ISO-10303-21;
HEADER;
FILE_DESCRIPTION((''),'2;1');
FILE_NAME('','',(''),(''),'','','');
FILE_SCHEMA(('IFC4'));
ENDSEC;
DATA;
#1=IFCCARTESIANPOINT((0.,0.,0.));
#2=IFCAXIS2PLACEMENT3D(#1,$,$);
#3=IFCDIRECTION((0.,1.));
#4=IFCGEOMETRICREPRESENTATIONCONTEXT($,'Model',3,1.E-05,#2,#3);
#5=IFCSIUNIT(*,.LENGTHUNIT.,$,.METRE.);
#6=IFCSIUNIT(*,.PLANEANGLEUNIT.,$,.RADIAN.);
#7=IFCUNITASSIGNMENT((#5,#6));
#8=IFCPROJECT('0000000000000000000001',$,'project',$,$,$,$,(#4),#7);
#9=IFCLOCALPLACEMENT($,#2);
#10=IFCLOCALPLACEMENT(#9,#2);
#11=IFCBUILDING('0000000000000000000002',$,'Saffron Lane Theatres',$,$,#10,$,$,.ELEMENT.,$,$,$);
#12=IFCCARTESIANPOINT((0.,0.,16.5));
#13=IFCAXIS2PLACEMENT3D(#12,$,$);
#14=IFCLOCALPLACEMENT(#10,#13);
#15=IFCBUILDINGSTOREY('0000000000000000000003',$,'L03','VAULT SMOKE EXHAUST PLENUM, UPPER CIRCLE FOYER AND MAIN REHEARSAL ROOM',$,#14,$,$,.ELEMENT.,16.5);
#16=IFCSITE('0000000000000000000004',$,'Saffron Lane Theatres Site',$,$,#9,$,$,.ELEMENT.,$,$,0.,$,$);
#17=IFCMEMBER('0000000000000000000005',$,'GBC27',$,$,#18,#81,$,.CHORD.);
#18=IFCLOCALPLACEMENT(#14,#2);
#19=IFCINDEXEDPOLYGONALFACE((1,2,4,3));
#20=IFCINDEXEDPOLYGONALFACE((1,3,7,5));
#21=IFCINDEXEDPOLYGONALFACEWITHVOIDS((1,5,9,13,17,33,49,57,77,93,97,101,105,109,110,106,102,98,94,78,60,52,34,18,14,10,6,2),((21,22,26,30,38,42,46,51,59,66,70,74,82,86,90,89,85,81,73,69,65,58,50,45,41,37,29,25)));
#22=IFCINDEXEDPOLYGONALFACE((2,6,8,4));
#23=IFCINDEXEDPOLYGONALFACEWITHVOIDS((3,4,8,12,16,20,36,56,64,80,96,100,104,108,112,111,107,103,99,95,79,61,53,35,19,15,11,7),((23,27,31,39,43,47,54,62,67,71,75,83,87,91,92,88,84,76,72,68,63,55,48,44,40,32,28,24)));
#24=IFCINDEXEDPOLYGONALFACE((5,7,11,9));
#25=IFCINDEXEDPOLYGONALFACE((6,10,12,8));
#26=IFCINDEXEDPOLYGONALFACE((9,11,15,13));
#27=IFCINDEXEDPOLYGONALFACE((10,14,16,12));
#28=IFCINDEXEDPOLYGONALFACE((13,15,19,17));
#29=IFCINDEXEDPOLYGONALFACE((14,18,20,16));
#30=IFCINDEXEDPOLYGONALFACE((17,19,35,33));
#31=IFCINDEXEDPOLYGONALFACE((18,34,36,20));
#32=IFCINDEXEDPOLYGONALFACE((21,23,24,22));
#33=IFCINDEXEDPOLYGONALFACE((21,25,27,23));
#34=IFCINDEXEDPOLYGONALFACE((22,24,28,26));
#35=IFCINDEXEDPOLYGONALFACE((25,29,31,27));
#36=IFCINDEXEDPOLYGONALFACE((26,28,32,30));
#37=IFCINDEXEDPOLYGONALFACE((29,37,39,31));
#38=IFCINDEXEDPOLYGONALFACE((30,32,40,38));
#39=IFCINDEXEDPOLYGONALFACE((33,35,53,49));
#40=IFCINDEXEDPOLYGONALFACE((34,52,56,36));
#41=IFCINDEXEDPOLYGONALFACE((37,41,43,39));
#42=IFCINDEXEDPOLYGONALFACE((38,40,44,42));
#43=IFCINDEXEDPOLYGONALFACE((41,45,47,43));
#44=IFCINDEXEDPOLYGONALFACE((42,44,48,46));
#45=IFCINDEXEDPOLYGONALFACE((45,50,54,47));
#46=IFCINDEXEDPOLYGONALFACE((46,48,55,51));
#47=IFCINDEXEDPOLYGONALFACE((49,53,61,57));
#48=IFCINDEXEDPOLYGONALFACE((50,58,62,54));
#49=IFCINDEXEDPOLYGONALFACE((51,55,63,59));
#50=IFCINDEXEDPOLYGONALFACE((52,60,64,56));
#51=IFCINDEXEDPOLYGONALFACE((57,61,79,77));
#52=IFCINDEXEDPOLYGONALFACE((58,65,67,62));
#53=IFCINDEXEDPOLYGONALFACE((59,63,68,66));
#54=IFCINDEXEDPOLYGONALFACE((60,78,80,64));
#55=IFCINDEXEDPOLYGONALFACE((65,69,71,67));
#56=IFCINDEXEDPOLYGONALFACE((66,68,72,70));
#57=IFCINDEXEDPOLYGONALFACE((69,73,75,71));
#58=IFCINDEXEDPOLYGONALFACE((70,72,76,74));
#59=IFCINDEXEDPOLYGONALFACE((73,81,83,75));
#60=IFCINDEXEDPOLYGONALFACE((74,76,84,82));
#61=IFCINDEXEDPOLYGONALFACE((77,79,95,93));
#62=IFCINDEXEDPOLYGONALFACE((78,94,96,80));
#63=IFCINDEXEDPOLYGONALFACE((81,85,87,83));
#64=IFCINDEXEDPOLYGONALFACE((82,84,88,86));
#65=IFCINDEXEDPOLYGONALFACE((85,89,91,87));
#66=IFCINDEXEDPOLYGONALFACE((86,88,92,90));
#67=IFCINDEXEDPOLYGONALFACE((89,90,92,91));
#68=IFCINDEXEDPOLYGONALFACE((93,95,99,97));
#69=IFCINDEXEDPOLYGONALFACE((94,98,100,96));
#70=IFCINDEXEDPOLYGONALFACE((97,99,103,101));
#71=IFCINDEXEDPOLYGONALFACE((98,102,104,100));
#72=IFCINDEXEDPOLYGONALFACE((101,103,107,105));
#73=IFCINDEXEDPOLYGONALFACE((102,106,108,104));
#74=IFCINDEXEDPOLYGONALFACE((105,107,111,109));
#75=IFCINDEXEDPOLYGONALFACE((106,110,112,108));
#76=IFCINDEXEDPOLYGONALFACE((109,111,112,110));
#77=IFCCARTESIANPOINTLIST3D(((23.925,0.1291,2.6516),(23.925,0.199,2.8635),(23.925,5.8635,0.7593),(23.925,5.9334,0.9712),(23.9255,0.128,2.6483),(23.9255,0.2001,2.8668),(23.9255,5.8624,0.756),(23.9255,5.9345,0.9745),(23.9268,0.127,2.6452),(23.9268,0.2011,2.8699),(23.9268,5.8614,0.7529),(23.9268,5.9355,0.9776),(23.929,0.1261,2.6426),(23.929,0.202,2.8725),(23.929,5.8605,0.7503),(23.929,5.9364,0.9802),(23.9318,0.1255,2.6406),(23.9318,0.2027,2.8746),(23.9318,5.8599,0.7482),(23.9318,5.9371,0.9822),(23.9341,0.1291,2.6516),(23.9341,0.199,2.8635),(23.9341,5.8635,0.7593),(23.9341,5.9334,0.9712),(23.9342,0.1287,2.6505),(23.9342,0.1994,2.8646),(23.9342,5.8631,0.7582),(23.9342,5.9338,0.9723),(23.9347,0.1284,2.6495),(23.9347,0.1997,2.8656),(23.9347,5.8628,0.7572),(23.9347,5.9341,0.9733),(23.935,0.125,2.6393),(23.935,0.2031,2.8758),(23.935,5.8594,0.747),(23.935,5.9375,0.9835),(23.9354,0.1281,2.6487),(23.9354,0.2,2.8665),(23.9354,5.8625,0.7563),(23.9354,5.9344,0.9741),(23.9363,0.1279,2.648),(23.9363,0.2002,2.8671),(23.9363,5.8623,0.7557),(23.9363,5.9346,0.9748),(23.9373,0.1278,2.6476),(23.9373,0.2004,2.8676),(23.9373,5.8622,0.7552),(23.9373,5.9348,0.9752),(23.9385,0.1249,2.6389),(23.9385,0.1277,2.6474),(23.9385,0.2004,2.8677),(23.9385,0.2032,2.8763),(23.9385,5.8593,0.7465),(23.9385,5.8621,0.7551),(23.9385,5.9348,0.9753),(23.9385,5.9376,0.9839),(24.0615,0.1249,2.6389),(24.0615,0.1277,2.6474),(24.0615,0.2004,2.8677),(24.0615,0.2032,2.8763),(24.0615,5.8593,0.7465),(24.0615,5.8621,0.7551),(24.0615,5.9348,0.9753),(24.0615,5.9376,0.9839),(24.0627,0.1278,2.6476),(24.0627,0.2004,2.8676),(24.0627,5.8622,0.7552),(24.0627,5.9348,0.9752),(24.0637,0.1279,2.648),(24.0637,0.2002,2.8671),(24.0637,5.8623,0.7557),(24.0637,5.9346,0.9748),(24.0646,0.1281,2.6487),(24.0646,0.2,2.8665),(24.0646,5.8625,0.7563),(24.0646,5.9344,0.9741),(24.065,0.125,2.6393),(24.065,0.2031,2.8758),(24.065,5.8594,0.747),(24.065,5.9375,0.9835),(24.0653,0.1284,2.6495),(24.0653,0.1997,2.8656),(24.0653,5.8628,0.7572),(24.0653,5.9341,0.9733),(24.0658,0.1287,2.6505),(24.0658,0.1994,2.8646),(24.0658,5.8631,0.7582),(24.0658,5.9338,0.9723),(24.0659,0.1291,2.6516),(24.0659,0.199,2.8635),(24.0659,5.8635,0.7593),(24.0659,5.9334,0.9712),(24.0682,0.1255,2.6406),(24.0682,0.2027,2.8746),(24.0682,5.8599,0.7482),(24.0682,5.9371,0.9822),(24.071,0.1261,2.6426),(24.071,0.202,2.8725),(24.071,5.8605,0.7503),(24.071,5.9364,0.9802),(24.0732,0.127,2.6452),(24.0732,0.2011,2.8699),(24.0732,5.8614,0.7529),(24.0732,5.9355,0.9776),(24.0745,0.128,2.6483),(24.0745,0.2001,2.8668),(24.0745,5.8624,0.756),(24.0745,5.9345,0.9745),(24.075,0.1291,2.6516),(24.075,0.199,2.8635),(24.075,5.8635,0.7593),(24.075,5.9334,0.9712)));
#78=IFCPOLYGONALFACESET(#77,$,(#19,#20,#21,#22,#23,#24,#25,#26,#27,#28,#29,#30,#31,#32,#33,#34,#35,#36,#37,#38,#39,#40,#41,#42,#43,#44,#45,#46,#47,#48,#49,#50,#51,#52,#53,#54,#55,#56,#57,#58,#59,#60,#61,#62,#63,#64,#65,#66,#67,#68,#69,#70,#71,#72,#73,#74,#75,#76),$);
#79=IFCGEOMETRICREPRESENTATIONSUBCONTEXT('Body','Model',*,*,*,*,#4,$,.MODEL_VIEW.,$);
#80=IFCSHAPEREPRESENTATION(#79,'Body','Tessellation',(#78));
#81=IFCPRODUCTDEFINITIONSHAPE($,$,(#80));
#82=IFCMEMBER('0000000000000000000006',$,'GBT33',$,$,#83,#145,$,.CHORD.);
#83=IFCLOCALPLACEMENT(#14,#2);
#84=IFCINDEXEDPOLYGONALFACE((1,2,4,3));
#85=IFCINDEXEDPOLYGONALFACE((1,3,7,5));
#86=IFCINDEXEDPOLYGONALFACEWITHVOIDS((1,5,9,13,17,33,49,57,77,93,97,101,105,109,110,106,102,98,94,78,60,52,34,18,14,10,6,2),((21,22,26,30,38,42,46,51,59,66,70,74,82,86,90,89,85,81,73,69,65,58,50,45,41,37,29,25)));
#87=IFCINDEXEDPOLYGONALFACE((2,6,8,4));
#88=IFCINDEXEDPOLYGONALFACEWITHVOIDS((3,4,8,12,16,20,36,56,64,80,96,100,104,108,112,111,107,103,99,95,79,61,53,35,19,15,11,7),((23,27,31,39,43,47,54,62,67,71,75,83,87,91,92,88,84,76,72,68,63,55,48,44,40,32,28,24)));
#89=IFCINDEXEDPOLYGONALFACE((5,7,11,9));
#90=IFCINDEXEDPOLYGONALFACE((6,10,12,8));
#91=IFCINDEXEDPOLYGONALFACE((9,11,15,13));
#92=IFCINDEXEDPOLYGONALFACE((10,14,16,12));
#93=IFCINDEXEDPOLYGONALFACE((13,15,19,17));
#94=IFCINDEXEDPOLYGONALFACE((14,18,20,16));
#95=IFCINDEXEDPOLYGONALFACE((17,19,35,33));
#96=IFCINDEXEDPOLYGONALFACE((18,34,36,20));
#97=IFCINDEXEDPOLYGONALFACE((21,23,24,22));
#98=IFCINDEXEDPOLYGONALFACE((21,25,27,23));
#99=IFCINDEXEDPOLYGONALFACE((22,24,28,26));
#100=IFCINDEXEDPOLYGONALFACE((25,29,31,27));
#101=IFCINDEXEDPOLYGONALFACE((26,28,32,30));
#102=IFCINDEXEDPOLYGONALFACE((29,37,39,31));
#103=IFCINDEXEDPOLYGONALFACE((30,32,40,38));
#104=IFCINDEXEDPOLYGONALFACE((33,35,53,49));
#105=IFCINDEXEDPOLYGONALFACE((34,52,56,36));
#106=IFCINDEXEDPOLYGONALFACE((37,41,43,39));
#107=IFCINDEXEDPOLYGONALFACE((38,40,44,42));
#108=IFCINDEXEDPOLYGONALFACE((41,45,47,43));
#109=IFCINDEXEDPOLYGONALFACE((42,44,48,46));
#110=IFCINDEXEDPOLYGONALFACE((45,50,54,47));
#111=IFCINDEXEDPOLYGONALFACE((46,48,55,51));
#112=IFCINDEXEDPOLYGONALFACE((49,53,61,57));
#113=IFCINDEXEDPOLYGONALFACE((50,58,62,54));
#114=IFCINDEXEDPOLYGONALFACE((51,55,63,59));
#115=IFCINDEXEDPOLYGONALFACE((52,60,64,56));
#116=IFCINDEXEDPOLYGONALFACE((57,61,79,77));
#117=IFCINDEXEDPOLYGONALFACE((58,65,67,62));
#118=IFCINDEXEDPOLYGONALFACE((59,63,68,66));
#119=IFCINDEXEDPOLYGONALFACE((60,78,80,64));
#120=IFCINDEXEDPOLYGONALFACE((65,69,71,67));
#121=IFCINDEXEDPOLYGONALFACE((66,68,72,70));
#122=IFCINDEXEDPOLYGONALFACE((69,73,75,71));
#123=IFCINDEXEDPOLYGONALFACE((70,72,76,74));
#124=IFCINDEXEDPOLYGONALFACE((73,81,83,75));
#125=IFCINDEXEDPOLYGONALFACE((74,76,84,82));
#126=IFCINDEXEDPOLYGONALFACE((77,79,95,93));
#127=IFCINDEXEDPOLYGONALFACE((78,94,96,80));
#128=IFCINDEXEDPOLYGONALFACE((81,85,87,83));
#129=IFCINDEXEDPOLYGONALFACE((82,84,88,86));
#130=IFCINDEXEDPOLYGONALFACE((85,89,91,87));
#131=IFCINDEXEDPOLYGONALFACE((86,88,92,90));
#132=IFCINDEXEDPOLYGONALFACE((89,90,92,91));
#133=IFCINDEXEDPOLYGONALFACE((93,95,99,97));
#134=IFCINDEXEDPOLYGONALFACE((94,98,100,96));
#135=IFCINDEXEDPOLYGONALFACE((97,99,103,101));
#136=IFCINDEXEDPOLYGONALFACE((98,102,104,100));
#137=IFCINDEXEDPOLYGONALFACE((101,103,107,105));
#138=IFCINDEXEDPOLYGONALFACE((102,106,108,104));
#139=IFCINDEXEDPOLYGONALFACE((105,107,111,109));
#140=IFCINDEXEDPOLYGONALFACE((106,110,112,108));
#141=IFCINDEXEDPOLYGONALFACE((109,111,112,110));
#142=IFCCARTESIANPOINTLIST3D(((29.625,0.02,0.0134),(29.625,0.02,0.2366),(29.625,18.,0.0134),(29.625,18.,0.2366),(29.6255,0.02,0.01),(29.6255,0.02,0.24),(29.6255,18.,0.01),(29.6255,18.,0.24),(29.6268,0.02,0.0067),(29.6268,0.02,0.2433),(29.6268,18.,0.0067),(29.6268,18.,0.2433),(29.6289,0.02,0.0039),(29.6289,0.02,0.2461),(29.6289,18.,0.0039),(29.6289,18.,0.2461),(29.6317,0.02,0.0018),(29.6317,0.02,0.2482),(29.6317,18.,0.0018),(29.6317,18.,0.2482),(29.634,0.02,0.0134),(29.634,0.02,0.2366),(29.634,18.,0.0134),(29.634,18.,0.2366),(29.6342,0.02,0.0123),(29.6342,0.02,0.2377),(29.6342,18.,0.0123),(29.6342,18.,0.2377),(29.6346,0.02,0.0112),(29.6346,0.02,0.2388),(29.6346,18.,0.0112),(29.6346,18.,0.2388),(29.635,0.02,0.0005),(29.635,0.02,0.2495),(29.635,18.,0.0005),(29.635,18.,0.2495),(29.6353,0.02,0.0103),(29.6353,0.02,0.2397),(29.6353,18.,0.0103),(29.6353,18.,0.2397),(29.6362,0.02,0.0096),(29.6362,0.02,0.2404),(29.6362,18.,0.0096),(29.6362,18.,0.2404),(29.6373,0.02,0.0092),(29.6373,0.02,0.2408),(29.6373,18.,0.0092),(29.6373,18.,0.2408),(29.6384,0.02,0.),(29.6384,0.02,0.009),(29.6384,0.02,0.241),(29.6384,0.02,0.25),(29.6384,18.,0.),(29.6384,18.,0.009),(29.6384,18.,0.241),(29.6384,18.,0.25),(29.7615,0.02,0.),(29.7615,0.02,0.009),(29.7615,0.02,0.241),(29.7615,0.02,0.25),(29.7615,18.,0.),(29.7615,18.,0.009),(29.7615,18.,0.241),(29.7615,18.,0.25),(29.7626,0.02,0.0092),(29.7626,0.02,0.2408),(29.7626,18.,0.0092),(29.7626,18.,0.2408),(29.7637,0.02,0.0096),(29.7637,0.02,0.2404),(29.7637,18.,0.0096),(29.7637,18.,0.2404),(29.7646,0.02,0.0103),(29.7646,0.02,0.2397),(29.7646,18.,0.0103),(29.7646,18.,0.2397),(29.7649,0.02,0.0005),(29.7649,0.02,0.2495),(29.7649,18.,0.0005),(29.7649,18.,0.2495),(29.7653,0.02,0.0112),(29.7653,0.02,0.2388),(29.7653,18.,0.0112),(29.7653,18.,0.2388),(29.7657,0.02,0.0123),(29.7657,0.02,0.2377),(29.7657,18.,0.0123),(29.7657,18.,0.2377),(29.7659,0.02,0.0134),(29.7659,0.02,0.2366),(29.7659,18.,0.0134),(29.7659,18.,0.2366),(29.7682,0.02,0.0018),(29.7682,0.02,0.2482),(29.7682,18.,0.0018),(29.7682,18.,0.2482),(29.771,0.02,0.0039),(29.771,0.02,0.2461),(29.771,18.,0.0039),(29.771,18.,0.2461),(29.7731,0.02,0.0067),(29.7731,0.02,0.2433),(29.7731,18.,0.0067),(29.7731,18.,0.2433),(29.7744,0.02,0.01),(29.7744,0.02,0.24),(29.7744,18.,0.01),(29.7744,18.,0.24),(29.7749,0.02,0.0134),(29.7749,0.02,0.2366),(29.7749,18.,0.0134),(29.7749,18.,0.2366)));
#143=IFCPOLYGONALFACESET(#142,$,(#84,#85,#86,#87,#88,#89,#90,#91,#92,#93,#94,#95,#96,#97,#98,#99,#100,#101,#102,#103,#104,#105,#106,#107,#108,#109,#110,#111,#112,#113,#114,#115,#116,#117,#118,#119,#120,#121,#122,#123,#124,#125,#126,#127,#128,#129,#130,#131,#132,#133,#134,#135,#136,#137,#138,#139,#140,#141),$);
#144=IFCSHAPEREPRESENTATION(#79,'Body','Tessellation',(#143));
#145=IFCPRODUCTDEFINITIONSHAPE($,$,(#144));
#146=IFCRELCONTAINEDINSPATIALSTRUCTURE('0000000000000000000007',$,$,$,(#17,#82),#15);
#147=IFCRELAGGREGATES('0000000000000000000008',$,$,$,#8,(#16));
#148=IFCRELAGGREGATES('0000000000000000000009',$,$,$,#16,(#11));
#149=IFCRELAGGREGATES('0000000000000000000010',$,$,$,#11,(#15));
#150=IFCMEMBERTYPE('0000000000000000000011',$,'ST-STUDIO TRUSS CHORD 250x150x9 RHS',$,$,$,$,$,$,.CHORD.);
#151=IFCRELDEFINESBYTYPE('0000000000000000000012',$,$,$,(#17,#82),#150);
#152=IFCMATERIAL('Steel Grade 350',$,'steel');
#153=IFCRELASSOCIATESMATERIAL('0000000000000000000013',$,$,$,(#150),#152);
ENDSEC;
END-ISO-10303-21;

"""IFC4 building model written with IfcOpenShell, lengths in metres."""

from ifc_helpers import new_model, si_unit, direction, frame, origin, origin_2d, place, context, subcontext, project, spatial, hollow_rectangle, extrude, material, material_profile, profile_set, type_object, element, save


model = new_model("IFC4")

# Units and contexts
model_context = context("Model", 3, precision=1e-05, world=origin(), true_north=direction((0.0, 1.0)))
body_context = subcontext(model_context, "Body", "Model", "MODEL_VIEW")
ifc_project = project(units=[si_unit("LENGTHUNIT", "METRE"), si_unit("PLANEANGLEUNIT", "RADIAN")], contexts=[model_context])

# Site, building, storey
site_placement = place(None, origin())
site = spatial("IfcSite", under=ifc_project, at=site_placement, Name="Saffron Lane Theatres Site", CompositionType="ELEMENT", RefElevation=0.0)
building_placement = place(site_placement, origin())
building = spatial("IfcBuilding", under=site, at=building_placement, Name="Saffron Lane Theatres", CompositionType="ELEMENT")
storey_placement = place(building_placement, frame((0.0, 0.0, 16.5)))
storey = spatial("IfcBuildingStorey", under=building, at=storey_placement, Name="L03", Description="VAULT SMOKE EXHAUST PLENUM, UPPER CIRCLE FOYER AND MAIN REHEARSAL ROOM", CompositionType="ELEMENT", Elevation=16.5)

# Members
ifc_material_1 = material(Name="Steel Grade 350", Category="steel")
ifc_material_profile_1 = material_profile(ifc_material_1, hollow_rectangle(XDim=0.1499, YDim=0.25, WallThickness=0.009, InnerFilletRadius=0.0044, OuterFilletRadius=0.0134, at=origin_2d()))
ifc_profile_set_1 = profile_set([ifc_material_profile_1], Name="Steel Grade 350")
member_type_1 = type_object("IfcMemberType", Name="ST-STUDIO TRUSS CHORD 250x150x9 RHS", PredefinedType="CHORD", material=ifc_profile_set_1)
member_1_placement = place(storey_placement, frame((24.0, 0.1641, 2.7576), z_axis=(0.0, 0.949629, -0.313376), x_axis=(-1.0, 0.0, 0.0)))
element("IfcMember", 1, at=member_1_placement, inside=storey, type_object=member_type_1, Name="GBC27", PredefinedType="CHORD", context=body_context, shape_type="SweptSolid", body=[
    extrude(hollow_rectangle(XDim=0.1499, YDim=0.25, WallThickness=0.009, InnerFilletRadius=0.0044, OuterFilletRadius=0.0134, at=origin_2d()), origin(), (0.0, 0.0, 1.0), 6.0386),
])
member_2_placement = place(storey_placement, frame((29.7, 0.02, 0.125), z_axis=(0.0, 1.0, 0.0), x_axis=(-1.0, 0.0, 0.0)))
element("IfcMember", 2, at=member_2_placement, inside=storey, type_object=member_type_1, Name="GBT33", PredefinedType="CHORD", context=body_context, shape_type="SweptSolid", body=[
    extrude(hollow_rectangle(XDim=0.1499, YDim=0.25, WallThickness=0.009, InnerFilletRadius=0.0044, OuterFilletRadius=0.0134, at=origin_2d()), origin(), (0.0, 0.0, 1.0), 17.98),
])

save(model, "model.ifc")
